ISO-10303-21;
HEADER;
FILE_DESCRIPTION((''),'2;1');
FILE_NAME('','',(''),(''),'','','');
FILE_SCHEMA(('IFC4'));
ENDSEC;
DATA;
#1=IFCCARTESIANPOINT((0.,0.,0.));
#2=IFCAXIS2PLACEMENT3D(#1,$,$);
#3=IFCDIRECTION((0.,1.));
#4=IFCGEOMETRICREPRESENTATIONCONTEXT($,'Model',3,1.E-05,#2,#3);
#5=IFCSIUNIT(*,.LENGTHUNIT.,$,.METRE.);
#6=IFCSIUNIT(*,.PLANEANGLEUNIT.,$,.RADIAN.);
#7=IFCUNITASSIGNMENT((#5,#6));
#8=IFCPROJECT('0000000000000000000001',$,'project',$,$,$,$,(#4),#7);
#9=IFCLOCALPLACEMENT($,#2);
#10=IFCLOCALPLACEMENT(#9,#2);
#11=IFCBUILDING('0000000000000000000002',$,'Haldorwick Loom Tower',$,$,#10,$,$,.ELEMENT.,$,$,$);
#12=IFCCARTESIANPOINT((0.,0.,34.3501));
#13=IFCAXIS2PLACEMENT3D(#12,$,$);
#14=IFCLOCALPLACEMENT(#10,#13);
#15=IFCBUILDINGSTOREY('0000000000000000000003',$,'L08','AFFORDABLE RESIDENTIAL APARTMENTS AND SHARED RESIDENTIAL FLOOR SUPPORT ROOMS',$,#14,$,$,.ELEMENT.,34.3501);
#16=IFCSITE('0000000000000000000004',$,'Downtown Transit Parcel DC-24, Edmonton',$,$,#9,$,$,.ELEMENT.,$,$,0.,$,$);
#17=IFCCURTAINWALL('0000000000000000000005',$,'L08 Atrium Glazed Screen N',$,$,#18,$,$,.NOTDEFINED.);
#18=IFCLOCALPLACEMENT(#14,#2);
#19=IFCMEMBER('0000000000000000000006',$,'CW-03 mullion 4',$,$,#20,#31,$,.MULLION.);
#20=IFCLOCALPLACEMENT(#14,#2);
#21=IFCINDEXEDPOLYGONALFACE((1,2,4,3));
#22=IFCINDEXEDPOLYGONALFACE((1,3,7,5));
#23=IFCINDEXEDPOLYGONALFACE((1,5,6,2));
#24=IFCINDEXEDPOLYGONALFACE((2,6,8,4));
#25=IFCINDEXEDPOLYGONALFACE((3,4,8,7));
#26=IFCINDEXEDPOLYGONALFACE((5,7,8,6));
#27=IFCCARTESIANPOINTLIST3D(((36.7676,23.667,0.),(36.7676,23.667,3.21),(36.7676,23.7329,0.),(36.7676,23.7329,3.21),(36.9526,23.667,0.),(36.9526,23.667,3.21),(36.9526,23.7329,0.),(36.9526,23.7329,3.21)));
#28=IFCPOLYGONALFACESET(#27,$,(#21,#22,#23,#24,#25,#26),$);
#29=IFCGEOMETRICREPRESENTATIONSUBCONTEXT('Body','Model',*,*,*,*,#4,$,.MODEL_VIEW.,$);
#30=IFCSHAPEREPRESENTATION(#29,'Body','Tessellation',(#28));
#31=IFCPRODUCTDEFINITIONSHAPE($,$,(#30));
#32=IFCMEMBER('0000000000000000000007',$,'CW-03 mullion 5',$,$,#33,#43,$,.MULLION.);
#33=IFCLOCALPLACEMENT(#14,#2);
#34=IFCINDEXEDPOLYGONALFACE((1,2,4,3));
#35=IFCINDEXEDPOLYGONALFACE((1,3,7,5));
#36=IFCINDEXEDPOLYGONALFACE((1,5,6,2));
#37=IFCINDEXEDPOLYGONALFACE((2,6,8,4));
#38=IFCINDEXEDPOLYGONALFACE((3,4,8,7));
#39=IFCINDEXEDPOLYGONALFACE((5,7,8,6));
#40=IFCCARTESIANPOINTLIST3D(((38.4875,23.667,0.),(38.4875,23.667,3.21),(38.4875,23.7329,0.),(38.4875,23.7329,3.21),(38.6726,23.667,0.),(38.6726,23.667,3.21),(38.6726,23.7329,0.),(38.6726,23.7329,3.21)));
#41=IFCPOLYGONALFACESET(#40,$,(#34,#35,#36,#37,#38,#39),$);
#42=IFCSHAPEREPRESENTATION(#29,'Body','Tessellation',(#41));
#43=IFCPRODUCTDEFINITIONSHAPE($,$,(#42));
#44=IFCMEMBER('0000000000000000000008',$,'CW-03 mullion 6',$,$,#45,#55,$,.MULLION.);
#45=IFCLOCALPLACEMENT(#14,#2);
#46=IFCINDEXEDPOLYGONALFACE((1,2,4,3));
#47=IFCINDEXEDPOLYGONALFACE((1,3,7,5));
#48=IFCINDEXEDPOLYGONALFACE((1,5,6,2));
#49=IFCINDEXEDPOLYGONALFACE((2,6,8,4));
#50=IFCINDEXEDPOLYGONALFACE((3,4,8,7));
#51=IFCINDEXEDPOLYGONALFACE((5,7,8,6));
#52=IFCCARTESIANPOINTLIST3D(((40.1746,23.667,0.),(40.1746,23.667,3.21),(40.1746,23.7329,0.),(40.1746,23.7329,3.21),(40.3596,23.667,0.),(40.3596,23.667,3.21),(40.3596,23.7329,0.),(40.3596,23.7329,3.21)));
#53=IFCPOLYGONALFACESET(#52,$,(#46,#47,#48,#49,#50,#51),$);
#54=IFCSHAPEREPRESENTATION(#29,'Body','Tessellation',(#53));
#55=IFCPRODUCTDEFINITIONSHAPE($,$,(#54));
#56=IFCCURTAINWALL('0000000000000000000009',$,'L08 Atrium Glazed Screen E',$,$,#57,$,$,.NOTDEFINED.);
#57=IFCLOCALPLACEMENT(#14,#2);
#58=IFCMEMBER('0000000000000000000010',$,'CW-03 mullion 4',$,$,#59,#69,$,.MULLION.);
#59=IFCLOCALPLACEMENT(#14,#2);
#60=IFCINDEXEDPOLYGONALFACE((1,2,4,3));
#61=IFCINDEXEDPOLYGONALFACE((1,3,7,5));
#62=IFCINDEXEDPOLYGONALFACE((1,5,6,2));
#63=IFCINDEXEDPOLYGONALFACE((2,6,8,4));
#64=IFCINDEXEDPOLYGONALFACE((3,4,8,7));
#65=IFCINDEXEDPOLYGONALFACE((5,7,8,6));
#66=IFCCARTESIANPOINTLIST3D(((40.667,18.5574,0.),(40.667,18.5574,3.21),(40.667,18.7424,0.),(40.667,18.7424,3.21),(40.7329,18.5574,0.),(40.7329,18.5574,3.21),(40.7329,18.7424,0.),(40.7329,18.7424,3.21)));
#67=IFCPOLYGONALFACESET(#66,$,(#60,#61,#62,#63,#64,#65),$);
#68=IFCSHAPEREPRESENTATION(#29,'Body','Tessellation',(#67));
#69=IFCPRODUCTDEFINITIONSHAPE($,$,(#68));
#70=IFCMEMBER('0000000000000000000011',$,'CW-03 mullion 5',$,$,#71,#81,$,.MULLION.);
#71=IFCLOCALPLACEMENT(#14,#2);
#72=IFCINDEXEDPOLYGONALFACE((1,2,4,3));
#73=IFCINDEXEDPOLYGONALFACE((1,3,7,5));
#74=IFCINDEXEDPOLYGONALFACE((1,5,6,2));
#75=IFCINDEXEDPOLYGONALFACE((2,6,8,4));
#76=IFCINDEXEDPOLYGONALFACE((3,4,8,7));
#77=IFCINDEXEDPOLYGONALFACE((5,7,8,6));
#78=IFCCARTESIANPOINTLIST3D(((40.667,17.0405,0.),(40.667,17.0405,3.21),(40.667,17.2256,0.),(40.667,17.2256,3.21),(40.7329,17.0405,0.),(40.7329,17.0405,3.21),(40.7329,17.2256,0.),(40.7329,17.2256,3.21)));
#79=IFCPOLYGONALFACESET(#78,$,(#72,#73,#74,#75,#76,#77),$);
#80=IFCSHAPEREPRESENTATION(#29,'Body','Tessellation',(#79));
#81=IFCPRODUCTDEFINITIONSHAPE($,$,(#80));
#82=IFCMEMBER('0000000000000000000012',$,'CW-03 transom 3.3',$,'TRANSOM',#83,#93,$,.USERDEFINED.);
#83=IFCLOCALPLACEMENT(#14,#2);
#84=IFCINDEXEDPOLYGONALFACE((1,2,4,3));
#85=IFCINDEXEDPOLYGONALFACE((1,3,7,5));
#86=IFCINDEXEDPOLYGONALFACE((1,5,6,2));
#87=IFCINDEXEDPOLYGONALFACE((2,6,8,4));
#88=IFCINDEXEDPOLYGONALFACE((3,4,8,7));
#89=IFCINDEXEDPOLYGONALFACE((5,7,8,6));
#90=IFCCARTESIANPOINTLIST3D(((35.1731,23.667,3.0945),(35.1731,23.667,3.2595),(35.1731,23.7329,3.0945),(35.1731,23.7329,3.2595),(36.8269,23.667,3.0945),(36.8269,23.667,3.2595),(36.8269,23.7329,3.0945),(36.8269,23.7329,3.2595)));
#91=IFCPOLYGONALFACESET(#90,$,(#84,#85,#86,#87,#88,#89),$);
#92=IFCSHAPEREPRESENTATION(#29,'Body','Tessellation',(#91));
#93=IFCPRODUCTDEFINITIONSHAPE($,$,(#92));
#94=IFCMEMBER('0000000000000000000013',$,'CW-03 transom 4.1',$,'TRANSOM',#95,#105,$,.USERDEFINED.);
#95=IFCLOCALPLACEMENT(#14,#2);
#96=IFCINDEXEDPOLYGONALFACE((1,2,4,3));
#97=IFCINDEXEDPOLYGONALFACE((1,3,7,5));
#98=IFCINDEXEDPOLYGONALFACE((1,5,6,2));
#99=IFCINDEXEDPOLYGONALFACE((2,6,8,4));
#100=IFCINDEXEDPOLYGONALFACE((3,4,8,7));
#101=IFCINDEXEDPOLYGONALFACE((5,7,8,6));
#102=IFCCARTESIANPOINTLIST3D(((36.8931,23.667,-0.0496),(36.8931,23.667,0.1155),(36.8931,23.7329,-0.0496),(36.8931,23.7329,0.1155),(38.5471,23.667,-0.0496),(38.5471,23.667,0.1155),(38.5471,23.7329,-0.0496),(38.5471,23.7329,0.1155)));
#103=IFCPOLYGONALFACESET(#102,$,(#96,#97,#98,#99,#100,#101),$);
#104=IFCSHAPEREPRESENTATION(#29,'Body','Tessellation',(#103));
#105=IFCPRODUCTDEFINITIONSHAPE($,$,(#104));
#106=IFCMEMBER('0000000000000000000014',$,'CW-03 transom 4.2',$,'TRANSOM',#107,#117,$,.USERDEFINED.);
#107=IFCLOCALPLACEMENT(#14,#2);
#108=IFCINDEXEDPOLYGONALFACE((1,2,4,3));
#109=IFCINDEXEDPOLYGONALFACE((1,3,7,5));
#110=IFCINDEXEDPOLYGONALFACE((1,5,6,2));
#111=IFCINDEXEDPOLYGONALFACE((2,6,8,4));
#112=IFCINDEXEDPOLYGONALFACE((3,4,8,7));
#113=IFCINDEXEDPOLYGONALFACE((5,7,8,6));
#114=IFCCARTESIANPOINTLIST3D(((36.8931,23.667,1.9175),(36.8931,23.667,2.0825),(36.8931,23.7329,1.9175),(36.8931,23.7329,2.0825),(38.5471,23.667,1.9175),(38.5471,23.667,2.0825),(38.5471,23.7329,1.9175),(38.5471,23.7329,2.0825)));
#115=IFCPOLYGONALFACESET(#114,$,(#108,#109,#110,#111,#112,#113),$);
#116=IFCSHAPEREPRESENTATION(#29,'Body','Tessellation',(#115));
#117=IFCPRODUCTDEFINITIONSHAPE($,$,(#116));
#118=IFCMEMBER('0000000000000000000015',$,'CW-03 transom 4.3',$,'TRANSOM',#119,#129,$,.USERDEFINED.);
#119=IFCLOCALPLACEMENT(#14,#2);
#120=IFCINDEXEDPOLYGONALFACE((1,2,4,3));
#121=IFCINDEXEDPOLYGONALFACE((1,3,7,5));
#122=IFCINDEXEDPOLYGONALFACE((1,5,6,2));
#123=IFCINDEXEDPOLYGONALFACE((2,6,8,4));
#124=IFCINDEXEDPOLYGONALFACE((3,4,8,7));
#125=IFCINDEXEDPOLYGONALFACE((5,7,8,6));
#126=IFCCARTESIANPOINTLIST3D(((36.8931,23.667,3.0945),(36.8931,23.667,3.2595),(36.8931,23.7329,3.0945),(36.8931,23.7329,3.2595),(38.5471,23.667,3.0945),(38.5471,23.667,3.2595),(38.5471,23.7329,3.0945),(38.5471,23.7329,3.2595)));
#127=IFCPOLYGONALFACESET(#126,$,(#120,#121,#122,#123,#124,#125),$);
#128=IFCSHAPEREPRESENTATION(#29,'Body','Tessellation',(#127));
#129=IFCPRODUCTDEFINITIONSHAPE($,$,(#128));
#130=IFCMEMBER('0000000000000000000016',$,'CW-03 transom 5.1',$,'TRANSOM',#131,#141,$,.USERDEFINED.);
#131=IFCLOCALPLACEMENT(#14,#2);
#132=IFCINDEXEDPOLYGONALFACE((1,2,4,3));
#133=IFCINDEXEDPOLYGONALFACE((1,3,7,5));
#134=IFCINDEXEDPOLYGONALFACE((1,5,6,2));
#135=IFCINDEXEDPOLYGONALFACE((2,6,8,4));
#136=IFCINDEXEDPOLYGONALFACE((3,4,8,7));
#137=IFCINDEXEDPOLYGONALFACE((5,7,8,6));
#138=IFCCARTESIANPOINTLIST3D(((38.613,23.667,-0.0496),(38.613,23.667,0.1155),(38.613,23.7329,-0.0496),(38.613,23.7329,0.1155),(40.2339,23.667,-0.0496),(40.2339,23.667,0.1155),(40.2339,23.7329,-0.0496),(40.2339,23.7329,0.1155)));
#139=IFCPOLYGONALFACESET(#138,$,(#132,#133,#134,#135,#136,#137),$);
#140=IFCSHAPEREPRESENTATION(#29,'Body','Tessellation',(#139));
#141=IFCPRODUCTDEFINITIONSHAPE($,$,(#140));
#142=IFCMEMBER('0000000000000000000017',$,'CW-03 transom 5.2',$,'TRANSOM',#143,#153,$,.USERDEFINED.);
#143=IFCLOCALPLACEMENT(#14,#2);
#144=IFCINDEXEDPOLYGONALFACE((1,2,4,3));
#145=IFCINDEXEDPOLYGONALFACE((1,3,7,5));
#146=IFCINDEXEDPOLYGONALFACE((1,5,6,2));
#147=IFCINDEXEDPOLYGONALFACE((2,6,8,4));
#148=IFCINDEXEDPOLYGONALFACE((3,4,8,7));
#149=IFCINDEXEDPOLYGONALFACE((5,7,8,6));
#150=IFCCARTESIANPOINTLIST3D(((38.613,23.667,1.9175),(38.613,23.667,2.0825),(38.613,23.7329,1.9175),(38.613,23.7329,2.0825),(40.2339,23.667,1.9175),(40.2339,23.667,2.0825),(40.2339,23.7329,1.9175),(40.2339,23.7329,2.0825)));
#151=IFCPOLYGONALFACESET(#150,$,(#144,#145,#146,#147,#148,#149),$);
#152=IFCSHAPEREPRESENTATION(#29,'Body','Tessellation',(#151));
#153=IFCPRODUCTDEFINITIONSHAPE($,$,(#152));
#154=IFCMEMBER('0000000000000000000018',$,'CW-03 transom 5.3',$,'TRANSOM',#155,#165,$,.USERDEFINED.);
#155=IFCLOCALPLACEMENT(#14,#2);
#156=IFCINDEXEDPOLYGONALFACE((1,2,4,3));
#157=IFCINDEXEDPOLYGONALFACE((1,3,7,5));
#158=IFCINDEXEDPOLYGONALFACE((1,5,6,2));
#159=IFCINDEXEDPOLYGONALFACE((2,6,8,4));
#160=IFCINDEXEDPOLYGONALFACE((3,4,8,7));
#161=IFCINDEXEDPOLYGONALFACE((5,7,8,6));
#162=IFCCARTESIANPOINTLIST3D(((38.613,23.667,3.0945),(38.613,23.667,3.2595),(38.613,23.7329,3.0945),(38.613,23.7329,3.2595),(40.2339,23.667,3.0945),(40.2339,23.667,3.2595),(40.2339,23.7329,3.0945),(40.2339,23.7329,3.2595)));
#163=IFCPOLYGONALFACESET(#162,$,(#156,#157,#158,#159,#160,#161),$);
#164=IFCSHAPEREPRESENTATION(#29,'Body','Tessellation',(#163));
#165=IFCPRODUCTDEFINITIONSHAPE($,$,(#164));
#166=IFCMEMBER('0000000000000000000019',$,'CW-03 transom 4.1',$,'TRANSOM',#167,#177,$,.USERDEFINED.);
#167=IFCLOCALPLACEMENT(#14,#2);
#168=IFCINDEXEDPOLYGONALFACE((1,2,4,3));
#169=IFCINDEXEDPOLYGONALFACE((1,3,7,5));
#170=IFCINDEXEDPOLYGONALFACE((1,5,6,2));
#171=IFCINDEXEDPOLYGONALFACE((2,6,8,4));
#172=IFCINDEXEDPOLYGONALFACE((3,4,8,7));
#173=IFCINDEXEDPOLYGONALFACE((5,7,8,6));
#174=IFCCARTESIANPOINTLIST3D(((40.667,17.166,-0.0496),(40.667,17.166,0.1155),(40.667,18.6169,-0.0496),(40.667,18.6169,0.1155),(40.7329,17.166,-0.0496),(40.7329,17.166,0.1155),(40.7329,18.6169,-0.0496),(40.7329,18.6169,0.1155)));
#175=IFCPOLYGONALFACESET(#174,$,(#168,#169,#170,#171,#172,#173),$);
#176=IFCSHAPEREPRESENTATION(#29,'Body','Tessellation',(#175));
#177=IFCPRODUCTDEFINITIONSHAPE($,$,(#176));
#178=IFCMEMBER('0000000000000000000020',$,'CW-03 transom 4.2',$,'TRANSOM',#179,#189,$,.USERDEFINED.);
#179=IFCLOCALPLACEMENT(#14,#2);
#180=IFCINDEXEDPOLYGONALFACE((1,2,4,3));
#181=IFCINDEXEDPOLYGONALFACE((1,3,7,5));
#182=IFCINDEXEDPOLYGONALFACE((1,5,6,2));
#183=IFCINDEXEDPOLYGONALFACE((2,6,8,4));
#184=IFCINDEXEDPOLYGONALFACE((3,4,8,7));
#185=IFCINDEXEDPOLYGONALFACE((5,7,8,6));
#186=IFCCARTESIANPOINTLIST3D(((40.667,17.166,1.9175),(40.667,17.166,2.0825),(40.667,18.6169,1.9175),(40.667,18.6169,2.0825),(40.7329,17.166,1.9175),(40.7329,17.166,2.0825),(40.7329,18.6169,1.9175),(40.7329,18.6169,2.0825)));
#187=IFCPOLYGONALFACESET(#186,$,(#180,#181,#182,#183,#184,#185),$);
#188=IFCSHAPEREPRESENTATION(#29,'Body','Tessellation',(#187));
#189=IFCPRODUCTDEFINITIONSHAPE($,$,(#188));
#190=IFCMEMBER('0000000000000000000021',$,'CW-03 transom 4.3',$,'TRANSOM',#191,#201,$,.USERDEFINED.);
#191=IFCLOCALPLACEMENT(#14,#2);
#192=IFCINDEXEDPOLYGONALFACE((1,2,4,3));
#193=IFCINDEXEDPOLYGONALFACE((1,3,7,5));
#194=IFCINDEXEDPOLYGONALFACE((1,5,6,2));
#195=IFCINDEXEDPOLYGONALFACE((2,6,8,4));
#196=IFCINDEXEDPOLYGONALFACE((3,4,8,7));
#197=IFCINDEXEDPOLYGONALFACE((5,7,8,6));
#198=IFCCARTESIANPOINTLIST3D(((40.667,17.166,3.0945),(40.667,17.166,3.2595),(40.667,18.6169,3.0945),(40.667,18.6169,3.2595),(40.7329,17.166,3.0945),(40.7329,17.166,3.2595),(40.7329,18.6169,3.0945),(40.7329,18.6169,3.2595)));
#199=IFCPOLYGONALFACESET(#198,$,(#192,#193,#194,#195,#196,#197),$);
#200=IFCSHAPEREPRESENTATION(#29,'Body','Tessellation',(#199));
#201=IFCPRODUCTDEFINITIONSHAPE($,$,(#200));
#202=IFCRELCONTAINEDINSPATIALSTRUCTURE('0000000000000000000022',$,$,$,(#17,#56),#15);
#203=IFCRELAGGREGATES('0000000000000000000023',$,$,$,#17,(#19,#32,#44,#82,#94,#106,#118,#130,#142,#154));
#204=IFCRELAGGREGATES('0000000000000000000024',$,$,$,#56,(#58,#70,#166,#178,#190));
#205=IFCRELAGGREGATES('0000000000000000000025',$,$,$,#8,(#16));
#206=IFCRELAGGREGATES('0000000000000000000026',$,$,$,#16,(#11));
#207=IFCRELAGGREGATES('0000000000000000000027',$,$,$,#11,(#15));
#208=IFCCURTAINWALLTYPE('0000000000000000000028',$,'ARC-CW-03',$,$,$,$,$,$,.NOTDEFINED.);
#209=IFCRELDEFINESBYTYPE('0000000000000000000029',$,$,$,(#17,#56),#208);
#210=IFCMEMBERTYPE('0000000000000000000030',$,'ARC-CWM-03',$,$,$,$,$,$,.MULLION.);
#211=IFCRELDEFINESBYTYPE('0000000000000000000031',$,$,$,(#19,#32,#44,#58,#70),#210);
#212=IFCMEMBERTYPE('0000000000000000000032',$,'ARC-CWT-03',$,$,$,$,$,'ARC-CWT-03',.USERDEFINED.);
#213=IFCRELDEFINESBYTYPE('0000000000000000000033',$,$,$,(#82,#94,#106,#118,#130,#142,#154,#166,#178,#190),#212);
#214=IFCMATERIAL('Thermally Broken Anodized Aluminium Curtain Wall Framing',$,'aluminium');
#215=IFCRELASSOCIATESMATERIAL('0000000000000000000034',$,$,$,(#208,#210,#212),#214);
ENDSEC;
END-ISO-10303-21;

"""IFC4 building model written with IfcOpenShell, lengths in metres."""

from ifc_helpers import new_model, si_unit, direction, frame, origin, origin_2d, place, context, subcontext, project, spatial, rectangle, extrude, material, material_profile, profile_set, type_object, element, aggregate, save


model = new_model("IFC4")

# Units and contexts
model_context = context("Model", 3, precision=1e-05, world=origin(), true_north=direction((0.0, 1.0)))
body_context = subcontext(model_context, "Body", "Model", "MODEL_VIEW")
ifc_project = project(units=[si_unit("LENGTHUNIT", "METRE"), si_unit("PLANEANGLEUNIT", "RADIAN")], contexts=[model_context])

# Site, building, storey
site_placement = place(None, origin())
site = spatial("IfcSite", under=ifc_project, at=site_placement, Name="Downtown Transit Parcel DC-24, Edmonton", CompositionType="ELEMENT", RefElevation=0.0)
building_placement = place(site_placement, origin())
building = spatial("IfcBuilding", under=site, at=building_placement, Name="Haldorwick Loom Tower", CompositionType="ELEMENT")
storey_placement = place(building_placement, frame((0.0, 0.0, 34.3501)))
storey = spatial("IfcBuildingStorey", under=building, at=storey_placement, Name="L08", Description="AFFORDABLE RESIDENTIAL APARTMENTS AND SHARED RESIDENTIAL FLOOR SUPPORT ROOMS", CompositionType="ELEMENT", Elevation=34.3501)

# Curtain walls, members
ifc_material_1 = material(Name="Thermally Broken Anodized Aluminium Curtain Wall Framing", Category="aluminium")
curtain_wall_type = type_object("IfcCurtainWallType", Name="ARC-CW-03", PredefinedType="NOTDEFINED", material=ifc_material_1)
curtain_wall_1_placement = place(storey_placement, origin())
curtain_wall_1 = element("IfcCurtainWall", 1, at=curtain_wall_1_placement, inside=storey, type_object=curtain_wall_type, Name="L08 Atrium Glazed Screen N", PredefinedType="NOTDEFINED")
ifc_material_profile_1 = material_profile(ifc_material_1, rectangle(XDim=0.0659, YDim=0.1851, at=origin_2d()), Name="ALU_MUL_66X185", Category="aluminium")
ifc_profile_set_1 = profile_set([ifc_material_profile_1], Name="Thermally Broken Anodized Aluminium Curtain Wall Framing")
member_type_1 = type_object("IfcMemberType", Name="ARC-CWM-03", PredefinedType="MULLION", material=ifc_profile_set_1)
member_1_placement = place(storey_placement, frame((36.8601, 23.7, 0.0), z_axis=(0.0, 0.0, 1.0), x_axis=(0.0, 1.0, 0.0)))
member_1 = element("IfcMember", 2, at=member_1_placement, type_object=member_type_1, Name="CW-03 mullion 4", PredefinedType="MULLION", context=body_context, shape_type="SweptSolid", body=[
    extrude(rectangle(XDim=0.0659, YDim=0.1851, at=origin_2d()), origin(), (0.0, 0.0, 1.0), 3.21),
])
member_2_placement = place(storey_placement, frame((38.5801, 23.7, 0.0), z_axis=(0.0, 0.0, 1.0), x_axis=(0.0, 1.0, 0.0)))
member_2 = element("IfcMember", 3, at=member_2_placement, type_object=member_type_1, Name="CW-03 mullion 5", PredefinedType="MULLION", context=body_context, shape_type="SweptSolid", body=[
    extrude(rectangle(XDim=0.0659, YDim=0.1851, at=origin_2d()), origin(), (0.0, 0.0, 1.0), 3.21),
])
member_3_placement = place(storey_placement, frame((40.2671, 23.7, 0.0), z_axis=(0.0, 0.0, 1.0), x_axis=(0.0, 1.0, 0.0)))
member_3 = element("IfcMember", 4, at=member_3_placement, type_object=member_type_1, Name="CW-03 mullion 6", PredefinedType="MULLION", context=body_context, shape_type="SweptSolid", body=[
    extrude(rectangle(XDim=0.0659, YDim=0.1851, at=origin_2d()), origin(), (0.0, 0.0, 1.0), 3.21),
])
curtain_wall_2_placement = place(storey_placement, origin())
curtain_wall_2 = element("IfcCurtainWall", 5, at=curtain_wall_2_placement, inside=storey, type_object=curtain_wall_type, Name="L08 Atrium Glazed Screen E", PredefinedType="NOTDEFINED")
member_4_placement = place(storey_placement, frame((40.7, 18.6499, 0.0), z_axis=(0.0, 0.0, 1.0), x_axis=(1.0, 0.0, 0.0)))
member_4 = element("IfcMember", 6, at=member_4_placement, type_object=member_type_1, Name="CW-03 mullion 4", PredefinedType="MULLION", context=body_context, shape_type="SweptSolid", body=[
    extrude(rectangle(XDim=0.0659, YDim=0.1851, at=origin_2d()), origin(), (0.0, 0.0, 1.0), 3.21),
])
member_5_placement = place(storey_placement, frame((40.7, 17.1331, 0.0), z_axis=(0.0, 0.0, 1.0), x_axis=(1.0, 0.0, 0.0)))
member_5 = element("IfcMember", 7, at=member_5_placement, type_object=member_type_1, Name="CW-03 mullion 5", PredefinedType="MULLION", context=body_context, shape_type="SweptSolid", body=[
    extrude(rectangle(XDim=0.0659, YDim=0.1851, at=origin_2d()), origin(), (0.0, 0.0, 1.0), 3.21),
])

# Members
ifc_material_profile_2 = material_profile(ifc_material_1, rectangle(XDim=0.0659, YDim=0.165, at=origin_2d()), Name="ALU_TRN_66X165", Category="aluminium")
ifc_profile_set_2 = profile_set([ifc_material_profile_2], Name="Thermally Broken Anodized Aluminium Curtain Wall Framing")
member_type_2 = type_object("IfcMemberType", Name="ARC-CWT-03", ElementType="ARC-CWT-03", PredefinedType="USERDEFINED", material=ifc_profile_set_2)
member_6_placement = place(storey_placement, frame((35.1731, 23.7, 3.177), z_axis=(1.0, 0.0, 0.0), x_axis=(0.0, 1.0, 0.0)))
member_6 = element("IfcMember", 8, at=member_6_placement, type_object=member_type_2, Name="CW-03 transom 3.3", ObjectType="TRANSOM", PredefinedType="USERDEFINED", context=body_context, shape_type="SweptSolid", body=[
    extrude(rectangle(XDim=0.0659, YDim=0.165, at=origin_2d()), origin(), (0.0, 0.0, 1.0), 1.6538),
])
member_7_placement = place(storey_placement, frame((36.8931, 23.7, 0.033), z_axis=(1.0, 0.0, 0.0), x_axis=(0.0, 1.0, 0.0)))
member_7 = element("IfcMember", 9, at=member_7_placement, type_object=member_type_2, Name="CW-03 transom 4.1", ObjectType="TRANSOM", PredefinedType="USERDEFINED", context=body_context, shape_type="SweptSolid", body=[
    extrude(rectangle(XDim=0.0659, YDim=0.165, at=origin_2d()), origin(), (0.0, 0.0, 1.0), 1.6541),
])
member_8_placement = place(storey_placement, frame((36.8931, 23.7, 2.0), z_axis=(1.0, 0.0, 0.0), x_axis=(0.0, 1.0, 0.0)))
member_8 = element("IfcMember", 10, at=member_8_placement, type_object=member_type_2, Name="CW-03 transom 4.2", ObjectType="TRANSOM", PredefinedType="USERDEFINED", context=body_context, shape_type="SweptSolid", body=[
    extrude(rectangle(XDim=0.0659, YDim=0.165, at=origin_2d()), origin(), (0.0, 0.0, 1.0), 1.6541),
])
member_9_placement = place(storey_placement, frame((36.8931, 23.7, 3.177), z_axis=(1.0, 0.0, 0.0), x_axis=(0.0, 1.0, 0.0)))
member_9 = element("IfcMember", 11, at=member_9_placement, type_object=member_type_2, Name="CW-03 transom 4.3", ObjectType="TRANSOM", PredefinedType="USERDEFINED", context=body_context, shape_type="SweptSolid", body=[
    extrude(rectangle(XDim=0.0659, YDim=0.165, at=origin_2d()), origin(), (0.0, 0.0, 1.0), 1.6541),
])
member_10_placement = place(storey_placement, frame((38.613, 23.7, 0.033), z_axis=(1.0, 0.0, 0.0), x_axis=(0.0, 1.0, 0.0)))
member_10 = element("IfcMember", 12, at=member_10_placement, type_object=member_type_2, Name="CW-03 transom 5.1", ObjectType="TRANSOM", PredefinedType="USERDEFINED", context=body_context, shape_type="SweptSolid", body=[
    extrude(rectangle(XDim=0.0659, YDim=0.165, at=origin_2d()), origin(), (0.0, 0.0, 1.0), 1.6208),
])
member_11_placement = place(storey_placement, frame((38.613, 23.7, 2.0), z_axis=(1.0, 0.0, 0.0), x_axis=(0.0, 1.0, 0.0)))
member_11 = element("IfcMember", 13, at=member_11_placement, type_object=member_type_2, Name="CW-03 transom 5.2", ObjectType="TRANSOM", PredefinedType="USERDEFINED", context=body_context, shape_type="SweptSolid", body=[
    extrude(rectangle(XDim=0.0659, YDim=0.165, at=origin_2d()), origin(), (0.0, 0.0, 1.0), 1.6208),
])
member_12_placement = place(storey_placement, frame((38.613, 23.7, 3.177), z_axis=(1.0, 0.0, 0.0), x_axis=(0.0, 1.0, 0.0)))
member_12 = element("IfcMember", 14, at=member_12_placement, type_object=member_type_2, Name="CW-03 transom 5.3", ObjectType="TRANSOM", PredefinedType="USERDEFINED", context=body_context, shape_type="SweptSolid", body=[
    extrude(rectangle(XDim=0.0659, YDim=0.165, at=origin_2d()), origin(), (0.0, 0.0, 1.0), 1.6208),
])
member_13_placement = place(storey_placement, frame((40.7, 18.6169, 0.033), z_axis=(0.0, -1.0, 0.0), x_axis=(1.0, 0.0, 0.0)))
member_13 = element("IfcMember", 15, at=member_13_placement, type_object=member_type_2, Name="CW-03 transom 4.1", ObjectType="TRANSOM", PredefinedType="USERDEFINED", context=body_context, shape_type="SweptSolid", body=[
    extrude(rectangle(XDim=0.0659, YDim=0.165, at=origin_2d()), origin(), (0.0, 0.0, 1.0), 1.4509),
])
member_14_placement = place(storey_placement, frame((40.7, 18.6169, 2.0), z_axis=(0.0, -1.0, 0.0), x_axis=(1.0, 0.0, 0.0)))
member_14 = element("IfcMember", 16, at=member_14_placement, type_object=member_type_2, Name="CW-03 transom 4.2", ObjectType="TRANSOM", PredefinedType="USERDEFINED", context=body_context, shape_type="SweptSolid", body=[
    extrude(rectangle(XDim=0.0659, YDim=0.165, at=origin_2d()), origin(), (0.0, 0.0, 1.0), 1.4509),
])
member_15_placement = place(storey_placement, frame((40.7, 18.6169, 3.177), z_axis=(0.0, -1.0, 0.0), x_axis=(1.0, 0.0, 0.0)))
member_15 = element("IfcMember", 17, at=member_15_placement, type_object=member_type_2, Name="CW-03 transom 4.3", ObjectType="TRANSOM", PredefinedType="USERDEFINED", context=body_context, shape_type="SweptSolid", body=[
    extrude(rectangle(XDim=0.0659, YDim=0.165, at=origin_2d()), origin(), (0.0, 0.0, 1.0), 1.4509),
])

aggregate(curtain_wall_1, [member_1, member_2, member_3, member_6, member_7, member_8, member_9, member_10, member_11, member_12])
aggregate(curtain_wall_2, [member_4, member_5, member_13, member_14, member_15])

save(model, "model.ifc")
